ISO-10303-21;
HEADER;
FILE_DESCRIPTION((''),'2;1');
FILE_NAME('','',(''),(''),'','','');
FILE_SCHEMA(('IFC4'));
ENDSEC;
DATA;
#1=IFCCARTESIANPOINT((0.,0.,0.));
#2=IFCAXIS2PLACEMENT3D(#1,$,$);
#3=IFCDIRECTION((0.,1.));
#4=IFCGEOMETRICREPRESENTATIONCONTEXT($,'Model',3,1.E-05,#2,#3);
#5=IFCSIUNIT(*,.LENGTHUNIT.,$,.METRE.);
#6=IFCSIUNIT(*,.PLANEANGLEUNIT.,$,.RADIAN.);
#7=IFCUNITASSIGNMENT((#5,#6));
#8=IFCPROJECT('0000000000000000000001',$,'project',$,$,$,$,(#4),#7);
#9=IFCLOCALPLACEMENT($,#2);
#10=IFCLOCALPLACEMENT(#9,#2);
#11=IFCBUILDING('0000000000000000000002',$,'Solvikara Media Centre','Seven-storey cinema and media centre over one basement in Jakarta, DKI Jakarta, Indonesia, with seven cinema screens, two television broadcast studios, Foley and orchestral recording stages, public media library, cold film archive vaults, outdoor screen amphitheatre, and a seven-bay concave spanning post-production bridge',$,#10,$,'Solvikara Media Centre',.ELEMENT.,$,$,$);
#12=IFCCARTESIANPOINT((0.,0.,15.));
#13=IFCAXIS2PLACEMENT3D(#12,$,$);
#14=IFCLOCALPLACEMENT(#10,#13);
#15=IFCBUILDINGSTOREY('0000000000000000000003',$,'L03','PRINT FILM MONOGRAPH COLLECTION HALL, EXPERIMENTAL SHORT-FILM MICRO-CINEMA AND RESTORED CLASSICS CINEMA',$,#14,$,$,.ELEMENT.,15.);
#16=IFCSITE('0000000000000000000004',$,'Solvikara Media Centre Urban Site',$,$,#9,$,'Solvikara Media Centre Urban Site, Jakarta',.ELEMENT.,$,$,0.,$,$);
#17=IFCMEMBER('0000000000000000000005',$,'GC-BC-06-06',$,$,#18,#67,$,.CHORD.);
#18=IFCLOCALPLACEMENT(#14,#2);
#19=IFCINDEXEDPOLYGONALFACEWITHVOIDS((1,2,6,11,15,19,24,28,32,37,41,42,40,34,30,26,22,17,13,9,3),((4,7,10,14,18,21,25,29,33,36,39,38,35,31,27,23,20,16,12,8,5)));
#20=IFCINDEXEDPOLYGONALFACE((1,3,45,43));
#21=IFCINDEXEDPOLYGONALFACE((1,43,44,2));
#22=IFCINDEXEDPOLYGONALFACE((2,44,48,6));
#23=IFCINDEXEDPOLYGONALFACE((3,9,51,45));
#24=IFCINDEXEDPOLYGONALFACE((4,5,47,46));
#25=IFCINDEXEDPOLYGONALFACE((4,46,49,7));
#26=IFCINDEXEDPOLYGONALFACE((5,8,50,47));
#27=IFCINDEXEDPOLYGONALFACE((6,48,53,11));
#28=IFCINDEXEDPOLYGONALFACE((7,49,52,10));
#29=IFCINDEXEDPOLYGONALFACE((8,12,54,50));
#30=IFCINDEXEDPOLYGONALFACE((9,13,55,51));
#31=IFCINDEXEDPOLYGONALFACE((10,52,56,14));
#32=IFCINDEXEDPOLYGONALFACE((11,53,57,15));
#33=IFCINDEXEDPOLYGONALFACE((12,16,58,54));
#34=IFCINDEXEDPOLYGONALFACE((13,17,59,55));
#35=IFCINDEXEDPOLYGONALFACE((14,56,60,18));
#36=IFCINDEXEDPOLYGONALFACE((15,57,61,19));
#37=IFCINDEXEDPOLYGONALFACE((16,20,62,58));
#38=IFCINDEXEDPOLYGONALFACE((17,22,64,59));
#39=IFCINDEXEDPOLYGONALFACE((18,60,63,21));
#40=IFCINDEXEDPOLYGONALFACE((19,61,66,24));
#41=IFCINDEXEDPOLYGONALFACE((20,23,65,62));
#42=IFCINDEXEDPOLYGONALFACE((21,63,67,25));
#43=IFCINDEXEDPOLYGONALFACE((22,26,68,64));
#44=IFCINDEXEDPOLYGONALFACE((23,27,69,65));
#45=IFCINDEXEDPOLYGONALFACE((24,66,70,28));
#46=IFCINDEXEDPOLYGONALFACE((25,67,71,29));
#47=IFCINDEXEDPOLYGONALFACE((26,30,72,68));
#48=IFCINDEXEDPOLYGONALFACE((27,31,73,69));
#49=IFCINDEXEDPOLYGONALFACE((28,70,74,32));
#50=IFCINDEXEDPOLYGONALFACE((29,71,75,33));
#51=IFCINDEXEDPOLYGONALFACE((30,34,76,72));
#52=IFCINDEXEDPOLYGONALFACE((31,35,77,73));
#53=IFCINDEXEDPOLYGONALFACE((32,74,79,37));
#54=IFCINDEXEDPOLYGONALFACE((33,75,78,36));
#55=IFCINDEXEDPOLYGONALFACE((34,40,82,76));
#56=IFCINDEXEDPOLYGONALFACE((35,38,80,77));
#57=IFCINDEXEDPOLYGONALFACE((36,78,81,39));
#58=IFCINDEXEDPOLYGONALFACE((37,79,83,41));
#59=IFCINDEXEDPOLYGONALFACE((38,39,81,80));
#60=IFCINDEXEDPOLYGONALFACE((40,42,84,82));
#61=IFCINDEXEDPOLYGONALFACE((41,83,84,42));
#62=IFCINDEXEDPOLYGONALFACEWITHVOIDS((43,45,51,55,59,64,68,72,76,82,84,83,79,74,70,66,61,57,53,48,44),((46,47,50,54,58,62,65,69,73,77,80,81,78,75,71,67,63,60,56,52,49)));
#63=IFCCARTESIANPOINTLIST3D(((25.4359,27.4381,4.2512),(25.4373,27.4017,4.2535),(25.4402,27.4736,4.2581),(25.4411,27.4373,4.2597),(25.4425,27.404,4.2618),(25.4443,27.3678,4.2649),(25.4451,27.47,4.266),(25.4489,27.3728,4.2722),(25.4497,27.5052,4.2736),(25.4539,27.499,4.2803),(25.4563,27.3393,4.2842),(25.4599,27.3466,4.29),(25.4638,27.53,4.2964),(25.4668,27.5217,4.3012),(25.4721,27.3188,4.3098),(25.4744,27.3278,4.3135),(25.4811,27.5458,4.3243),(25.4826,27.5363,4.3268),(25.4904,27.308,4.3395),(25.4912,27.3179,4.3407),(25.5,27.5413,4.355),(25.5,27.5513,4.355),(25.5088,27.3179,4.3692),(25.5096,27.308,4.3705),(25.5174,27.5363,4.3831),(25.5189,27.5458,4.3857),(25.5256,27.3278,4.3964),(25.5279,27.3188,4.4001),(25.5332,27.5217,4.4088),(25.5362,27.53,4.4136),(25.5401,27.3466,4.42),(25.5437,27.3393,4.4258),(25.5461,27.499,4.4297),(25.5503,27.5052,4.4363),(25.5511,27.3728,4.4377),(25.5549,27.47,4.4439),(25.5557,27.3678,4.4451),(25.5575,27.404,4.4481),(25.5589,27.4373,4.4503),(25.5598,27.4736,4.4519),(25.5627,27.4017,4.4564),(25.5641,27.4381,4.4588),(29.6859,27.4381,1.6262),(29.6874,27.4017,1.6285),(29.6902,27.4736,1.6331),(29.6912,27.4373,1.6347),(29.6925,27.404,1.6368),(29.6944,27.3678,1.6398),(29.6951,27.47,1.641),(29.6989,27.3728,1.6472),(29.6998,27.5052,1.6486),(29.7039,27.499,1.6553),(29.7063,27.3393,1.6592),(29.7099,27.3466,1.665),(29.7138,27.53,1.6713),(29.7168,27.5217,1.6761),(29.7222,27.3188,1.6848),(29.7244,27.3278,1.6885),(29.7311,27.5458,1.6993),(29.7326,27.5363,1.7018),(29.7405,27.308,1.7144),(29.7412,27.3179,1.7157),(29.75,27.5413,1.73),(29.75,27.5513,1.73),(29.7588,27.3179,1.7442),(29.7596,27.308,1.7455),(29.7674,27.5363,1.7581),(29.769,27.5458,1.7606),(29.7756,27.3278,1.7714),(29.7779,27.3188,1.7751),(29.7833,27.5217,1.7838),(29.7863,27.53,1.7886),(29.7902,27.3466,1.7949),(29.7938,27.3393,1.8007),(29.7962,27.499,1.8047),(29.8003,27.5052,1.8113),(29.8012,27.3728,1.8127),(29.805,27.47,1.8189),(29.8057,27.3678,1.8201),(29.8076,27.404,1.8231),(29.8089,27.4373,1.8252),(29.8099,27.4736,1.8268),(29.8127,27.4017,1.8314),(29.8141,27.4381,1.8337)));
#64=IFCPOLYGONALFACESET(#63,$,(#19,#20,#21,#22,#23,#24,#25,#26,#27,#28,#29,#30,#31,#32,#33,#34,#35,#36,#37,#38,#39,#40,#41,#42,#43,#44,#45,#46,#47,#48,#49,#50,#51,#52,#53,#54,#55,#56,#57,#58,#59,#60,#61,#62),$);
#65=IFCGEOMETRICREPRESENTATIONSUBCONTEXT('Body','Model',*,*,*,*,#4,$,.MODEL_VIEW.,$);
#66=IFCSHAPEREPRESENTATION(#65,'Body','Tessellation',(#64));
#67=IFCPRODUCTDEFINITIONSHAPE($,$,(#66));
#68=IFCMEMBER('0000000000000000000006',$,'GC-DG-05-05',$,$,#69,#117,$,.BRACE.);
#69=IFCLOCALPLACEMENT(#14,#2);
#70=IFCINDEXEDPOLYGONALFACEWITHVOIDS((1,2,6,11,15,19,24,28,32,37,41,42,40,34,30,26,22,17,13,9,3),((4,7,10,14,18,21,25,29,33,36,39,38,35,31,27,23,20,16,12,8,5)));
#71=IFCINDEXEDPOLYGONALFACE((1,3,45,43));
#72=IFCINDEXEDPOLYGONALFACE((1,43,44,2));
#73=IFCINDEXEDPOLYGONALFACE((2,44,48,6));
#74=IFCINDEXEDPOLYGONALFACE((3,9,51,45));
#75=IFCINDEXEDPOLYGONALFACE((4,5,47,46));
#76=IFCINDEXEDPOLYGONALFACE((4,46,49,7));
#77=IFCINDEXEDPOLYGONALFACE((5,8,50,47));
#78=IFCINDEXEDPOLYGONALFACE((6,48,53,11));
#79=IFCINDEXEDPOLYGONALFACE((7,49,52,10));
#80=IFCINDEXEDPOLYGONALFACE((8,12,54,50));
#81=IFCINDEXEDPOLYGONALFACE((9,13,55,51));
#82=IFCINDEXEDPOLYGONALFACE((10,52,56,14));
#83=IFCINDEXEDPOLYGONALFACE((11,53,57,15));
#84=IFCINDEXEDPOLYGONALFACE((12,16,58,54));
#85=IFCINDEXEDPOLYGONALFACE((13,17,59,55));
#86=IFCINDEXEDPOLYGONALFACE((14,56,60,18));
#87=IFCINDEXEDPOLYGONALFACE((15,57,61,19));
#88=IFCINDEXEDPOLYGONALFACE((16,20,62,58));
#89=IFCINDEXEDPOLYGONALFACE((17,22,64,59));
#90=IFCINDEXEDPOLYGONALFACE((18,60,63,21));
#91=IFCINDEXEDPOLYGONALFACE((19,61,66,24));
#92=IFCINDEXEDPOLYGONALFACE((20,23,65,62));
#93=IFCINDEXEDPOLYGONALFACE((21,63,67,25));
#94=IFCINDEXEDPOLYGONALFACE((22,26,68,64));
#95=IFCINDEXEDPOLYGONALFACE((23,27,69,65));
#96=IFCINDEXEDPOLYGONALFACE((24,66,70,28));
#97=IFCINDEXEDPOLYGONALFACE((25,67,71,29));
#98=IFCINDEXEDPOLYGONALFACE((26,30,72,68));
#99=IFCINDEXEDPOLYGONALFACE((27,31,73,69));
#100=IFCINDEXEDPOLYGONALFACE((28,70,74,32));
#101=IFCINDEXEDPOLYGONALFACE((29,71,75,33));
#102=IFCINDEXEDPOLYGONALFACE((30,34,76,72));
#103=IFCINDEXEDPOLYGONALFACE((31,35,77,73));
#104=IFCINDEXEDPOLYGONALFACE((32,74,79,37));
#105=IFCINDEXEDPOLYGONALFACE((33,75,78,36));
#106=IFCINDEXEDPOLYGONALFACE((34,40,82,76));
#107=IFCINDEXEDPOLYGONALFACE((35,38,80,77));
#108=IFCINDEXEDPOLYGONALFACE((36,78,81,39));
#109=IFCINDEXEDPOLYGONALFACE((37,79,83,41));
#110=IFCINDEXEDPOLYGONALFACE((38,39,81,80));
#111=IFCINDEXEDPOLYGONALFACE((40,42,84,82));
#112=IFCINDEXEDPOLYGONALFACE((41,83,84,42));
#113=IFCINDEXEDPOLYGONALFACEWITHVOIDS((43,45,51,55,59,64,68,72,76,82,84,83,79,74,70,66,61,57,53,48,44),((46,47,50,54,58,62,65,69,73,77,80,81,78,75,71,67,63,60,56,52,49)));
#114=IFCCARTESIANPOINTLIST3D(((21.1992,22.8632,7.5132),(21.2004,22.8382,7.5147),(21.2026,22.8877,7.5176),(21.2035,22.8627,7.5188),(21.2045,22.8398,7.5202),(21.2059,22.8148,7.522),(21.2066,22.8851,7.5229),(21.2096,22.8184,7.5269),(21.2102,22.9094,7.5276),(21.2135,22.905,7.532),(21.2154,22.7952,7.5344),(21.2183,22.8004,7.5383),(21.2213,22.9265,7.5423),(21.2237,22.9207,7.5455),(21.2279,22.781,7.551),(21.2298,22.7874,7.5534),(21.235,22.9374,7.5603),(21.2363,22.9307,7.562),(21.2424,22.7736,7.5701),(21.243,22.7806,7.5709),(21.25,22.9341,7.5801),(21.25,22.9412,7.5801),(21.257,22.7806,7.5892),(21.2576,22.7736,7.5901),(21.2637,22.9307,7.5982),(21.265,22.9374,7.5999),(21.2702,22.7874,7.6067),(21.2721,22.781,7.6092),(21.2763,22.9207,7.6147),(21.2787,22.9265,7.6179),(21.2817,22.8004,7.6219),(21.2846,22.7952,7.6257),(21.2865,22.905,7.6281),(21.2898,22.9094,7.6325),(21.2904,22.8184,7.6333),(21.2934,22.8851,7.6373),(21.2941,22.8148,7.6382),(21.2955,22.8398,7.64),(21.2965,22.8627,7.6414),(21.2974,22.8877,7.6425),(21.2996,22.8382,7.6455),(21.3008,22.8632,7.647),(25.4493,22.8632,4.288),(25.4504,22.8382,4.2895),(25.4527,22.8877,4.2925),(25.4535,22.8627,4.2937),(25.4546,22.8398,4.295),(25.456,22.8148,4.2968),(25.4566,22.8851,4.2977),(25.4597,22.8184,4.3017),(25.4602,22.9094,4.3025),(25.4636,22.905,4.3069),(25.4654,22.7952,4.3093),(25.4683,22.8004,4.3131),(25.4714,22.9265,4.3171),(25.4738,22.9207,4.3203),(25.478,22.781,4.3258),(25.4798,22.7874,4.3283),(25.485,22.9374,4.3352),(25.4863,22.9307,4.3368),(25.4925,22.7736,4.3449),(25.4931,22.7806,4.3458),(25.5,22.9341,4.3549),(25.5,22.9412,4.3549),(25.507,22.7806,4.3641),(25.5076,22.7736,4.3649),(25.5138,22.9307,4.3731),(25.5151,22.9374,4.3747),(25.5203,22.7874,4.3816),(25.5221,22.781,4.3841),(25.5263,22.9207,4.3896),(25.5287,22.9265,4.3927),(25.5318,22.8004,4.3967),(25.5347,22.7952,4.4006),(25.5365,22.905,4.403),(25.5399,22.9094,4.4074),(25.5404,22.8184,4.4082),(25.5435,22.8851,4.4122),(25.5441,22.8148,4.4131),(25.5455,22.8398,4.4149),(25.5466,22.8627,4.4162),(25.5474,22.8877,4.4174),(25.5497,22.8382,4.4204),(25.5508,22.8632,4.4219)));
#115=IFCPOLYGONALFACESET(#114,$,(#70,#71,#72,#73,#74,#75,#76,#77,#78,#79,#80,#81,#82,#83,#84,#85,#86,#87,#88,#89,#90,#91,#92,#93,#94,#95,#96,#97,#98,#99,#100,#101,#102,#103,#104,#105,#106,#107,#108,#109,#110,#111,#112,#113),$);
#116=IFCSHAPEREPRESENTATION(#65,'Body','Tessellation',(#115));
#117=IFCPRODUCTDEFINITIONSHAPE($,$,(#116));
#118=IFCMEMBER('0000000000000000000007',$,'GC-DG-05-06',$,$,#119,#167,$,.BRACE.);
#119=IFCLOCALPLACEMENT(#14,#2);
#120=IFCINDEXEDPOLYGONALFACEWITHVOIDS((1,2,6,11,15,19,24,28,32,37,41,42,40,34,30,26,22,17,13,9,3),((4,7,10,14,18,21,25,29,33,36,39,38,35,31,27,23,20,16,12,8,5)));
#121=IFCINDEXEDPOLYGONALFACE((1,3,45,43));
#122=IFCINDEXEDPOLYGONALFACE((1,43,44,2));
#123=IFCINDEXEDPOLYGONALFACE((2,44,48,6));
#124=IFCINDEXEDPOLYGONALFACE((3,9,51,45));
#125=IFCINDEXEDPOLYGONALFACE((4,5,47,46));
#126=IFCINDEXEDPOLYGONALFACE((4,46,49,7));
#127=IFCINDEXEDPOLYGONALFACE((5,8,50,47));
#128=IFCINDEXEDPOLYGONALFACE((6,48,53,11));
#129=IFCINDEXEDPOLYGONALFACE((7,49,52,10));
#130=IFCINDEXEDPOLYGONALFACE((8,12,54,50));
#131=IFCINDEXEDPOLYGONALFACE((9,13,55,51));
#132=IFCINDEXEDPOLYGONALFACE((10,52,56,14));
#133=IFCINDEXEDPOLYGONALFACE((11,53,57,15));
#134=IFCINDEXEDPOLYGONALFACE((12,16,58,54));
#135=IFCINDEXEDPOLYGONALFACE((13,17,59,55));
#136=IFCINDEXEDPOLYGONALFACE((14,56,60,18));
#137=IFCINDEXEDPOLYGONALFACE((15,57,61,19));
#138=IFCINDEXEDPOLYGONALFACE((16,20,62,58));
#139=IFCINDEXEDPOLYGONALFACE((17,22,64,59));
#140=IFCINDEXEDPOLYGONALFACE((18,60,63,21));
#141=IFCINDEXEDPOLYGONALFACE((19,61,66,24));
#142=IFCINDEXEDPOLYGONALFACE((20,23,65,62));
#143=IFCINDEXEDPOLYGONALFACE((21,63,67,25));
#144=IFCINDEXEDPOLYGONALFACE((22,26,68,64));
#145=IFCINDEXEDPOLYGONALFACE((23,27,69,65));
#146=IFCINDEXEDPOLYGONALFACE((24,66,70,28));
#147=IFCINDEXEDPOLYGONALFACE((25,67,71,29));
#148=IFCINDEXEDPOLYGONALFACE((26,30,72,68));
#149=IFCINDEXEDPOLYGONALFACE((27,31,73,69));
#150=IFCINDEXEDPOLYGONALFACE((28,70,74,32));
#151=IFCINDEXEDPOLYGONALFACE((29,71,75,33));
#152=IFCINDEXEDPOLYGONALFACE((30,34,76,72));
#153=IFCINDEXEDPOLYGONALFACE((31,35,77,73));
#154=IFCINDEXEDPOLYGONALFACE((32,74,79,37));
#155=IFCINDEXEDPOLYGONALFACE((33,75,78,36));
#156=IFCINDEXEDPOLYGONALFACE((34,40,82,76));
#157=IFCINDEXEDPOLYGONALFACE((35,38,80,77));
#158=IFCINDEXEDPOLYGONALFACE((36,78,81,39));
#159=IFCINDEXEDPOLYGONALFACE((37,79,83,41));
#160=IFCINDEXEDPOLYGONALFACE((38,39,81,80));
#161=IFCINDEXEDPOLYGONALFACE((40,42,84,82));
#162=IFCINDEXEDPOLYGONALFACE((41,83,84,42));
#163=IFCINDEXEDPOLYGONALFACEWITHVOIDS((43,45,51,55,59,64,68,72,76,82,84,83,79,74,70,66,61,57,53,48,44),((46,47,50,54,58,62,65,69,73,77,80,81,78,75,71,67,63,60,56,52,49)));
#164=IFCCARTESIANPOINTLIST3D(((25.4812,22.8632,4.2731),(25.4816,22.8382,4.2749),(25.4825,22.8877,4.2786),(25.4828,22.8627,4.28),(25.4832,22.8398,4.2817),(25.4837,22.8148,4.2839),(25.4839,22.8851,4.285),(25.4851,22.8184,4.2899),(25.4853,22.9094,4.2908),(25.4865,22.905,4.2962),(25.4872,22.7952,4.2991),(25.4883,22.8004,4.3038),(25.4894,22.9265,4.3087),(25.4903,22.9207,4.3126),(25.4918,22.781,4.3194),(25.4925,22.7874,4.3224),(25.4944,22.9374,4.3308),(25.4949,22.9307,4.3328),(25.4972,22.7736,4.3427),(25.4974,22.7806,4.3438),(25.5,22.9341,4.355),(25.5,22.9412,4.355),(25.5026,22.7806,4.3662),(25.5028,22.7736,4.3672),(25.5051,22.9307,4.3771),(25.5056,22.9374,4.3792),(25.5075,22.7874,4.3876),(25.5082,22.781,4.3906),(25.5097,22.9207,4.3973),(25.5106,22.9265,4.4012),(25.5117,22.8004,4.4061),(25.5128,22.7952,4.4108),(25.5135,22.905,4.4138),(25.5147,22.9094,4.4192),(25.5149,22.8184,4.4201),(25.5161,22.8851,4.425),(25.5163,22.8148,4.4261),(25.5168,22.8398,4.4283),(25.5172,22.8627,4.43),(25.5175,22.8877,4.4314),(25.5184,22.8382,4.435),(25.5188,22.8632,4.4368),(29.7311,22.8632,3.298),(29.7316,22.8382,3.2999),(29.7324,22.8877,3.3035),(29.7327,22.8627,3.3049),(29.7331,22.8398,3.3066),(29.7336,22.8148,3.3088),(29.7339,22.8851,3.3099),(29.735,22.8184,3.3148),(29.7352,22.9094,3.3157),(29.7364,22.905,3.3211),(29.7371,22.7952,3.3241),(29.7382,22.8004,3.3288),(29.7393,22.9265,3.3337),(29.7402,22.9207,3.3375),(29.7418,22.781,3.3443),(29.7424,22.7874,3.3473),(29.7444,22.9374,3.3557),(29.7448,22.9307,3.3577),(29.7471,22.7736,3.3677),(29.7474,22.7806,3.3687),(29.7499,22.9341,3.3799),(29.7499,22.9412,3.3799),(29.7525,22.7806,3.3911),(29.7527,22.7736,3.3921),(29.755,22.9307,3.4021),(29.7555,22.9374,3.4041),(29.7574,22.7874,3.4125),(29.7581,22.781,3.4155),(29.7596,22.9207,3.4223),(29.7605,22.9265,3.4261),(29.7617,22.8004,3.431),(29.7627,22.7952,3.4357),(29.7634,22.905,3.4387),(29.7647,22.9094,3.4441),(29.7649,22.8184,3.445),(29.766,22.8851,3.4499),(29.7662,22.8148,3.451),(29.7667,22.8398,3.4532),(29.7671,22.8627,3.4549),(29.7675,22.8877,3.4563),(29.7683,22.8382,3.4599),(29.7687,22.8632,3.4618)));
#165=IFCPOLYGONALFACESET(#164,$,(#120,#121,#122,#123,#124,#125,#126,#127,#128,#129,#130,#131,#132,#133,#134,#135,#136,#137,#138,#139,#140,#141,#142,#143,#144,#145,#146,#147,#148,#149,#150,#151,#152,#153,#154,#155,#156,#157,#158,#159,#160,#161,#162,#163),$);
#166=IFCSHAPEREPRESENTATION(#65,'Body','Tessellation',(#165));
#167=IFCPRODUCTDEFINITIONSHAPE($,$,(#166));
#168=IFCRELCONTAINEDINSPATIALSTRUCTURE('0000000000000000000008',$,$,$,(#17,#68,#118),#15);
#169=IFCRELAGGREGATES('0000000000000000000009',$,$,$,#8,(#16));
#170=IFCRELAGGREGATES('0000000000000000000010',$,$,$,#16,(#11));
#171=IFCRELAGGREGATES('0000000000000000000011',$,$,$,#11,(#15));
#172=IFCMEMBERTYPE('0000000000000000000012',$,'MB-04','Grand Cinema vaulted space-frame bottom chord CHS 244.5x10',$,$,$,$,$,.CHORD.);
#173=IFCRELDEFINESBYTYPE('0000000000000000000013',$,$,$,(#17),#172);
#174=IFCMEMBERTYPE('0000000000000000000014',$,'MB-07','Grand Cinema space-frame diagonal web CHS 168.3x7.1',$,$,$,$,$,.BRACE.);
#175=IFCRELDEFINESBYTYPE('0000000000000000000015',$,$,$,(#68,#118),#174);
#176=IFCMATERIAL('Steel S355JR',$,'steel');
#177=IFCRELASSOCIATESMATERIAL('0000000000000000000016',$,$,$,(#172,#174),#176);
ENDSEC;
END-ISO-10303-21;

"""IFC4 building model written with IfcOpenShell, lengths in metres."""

from ifc_helpers import new_model, si_unit, direction, frame, origin, origin_2d, place, context, subcontext, project, spatial, hollow_circle, extrude, material, material_profile, profile_set, type_object, element, save


model = new_model("IFC4")

# Units and contexts
model_context = context("Model", 3, precision=1e-05, world=origin(), true_north=direction((0.0, 1.0)))
body_context = subcontext(model_context, "Body", "Model", "MODEL_VIEW")
ifc_project = project(units=[si_unit("LENGTHUNIT", "METRE"), si_unit("PLANEANGLEUNIT", "RADIAN")], contexts=[model_context])

# Site, building, storey
site_placement = place(None, origin())
site = spatial("IfcSite", under=ifc_project, at=site_placement, Name="Solvikara Media Centre Urban Site", LongName="Solvikara Media Centre Urban Site, Jakarta", CompositionType="ELEMENT", RefElevation=0.0)
building_placement = place(site_placement, origin())
building = spatial("IfcBuilding", under=site, at=building_placement, Name="Solvikara Media Centre", Description="Seven-storey cinema and media centre over one basement in Jakarta, DKI Jakarta, Indonesia, with seven cinema screens, two television broadcast studios, Foley and orchestral recording stages, public media library, cold film archive vaults, outdoor screen amphitheatre, and a seven-bay concave spanning post-production bridge", LongName="Solvikara Media Centre", CompositionType="ELEMENT")
storey_placement = place(building_placement, frame((0.0, 0.0, 15.0)))
storey = spatial("IfcBuildingStorey", under=building, at=storey_placement, Name="L03", Description="PRINT FILM MONOGRAPH COLLECTION HALL, EXPERIMENTAL SHORT-FILM MICRO-CINEMA AND RESTORED CLASSICS CINEMA", CompositionType="ELEMENT", Elevation=15.0)

# Members
ifc_material_1 = material(Name="Steel S355JR", Category="steel")
ifc_material_profile_1 = material_profile(ifc_material_1, hollow_circle(Radius=0.1223, WallThickness=0.01, at=origin_2d()), Name="CHS 244.5x10")
ifc_profile_set_1 = profile_set([ifc_material_profile_1], Name="Steel S355JR")
member_type_1 = type_object("IfcMemberType", Name="MB-04", Description="Grand Cinema vaulted space-frame bottom chord CHS 244.5x10", PredefinedType="CHORD", material=ifc_profile_set_1)
member_1_placement = place(storey_placement, frame((25.5, 27.429, 4.355), z_axis=(0.850798, 0.0, -0.525493), x_axis=(0.0, 1.0, 0.0)))
element("IfcMember", 1, at=member_1_placement, inside=storey, type_object=member_type_1, Name="GC-BC-06-06", PredefinedType="CHORD", context=body_context, shape_type="SweptSolid", body=[
    extrude(hollow_circle(Radius=0.1223, WallThickness=0.01, at=origin_2d()), origin(), (0.0, 0.0, 1.0), 4.9954),
])
ifc_material_profile_2 = material_profile(ifc_material_1, hollow_circle(Radius=0.0842, WallThickness=0.0071, at=origin_2d()), Name="CHS 168.3x7.1")
ifc_profile_set_2 = profile_set([ifc_material_profile_2], Name="Steel S355JR")
member_type_2 = type_object("IfcMemberType", Name="MB-07", Description="Grand Cinema space-frame diagonal web CHS 168.3x7.1", PredefinedType="BRACE", material=ifc_profile_set_2)
member_2_placement = place(storey_placement, frame((21.25, 22.8569, 7.5801), z_axis=(0.796605, 0.0, -0.604501), x_axis=(0.0, 1.0, 0.0)))
element("IfcMember", 2, at=member_2_placement, inside=storey, type_object=member_type_2, Name="GC-DG-05-05", PredefinedType="BRACE", context=body_context, shape_type="SweptSolid", body=[
    extrude(hollow_circle(Radius=0.0842, WallThickness=0.0071, at=origin_2d()), origin(), (0.0, 0.0, 1.0), 5.3352),
])
member_3_placement = place(storey_placement, frame((25.5, 22.8569, 4.355), z_axis=(0.974675, 0.0, -0.223624), x_axis=(0.0, 1.0, 0.0)))
element("IfcMember", 3, at=member_3_placement, inside=storey, type_object=member_type_2, Name="GC-DG-05-06", PredefinedType="BRACE", context=body_context, shape_type="SweptSolid", body=[
    extrude(hollow_circle(Radius=0.0842, WallThickness=0.0071, at=origin_2d()), origin(), (0.0, 0.0, 1.0), 4.3604),
])

save(model, "model.ifc")
